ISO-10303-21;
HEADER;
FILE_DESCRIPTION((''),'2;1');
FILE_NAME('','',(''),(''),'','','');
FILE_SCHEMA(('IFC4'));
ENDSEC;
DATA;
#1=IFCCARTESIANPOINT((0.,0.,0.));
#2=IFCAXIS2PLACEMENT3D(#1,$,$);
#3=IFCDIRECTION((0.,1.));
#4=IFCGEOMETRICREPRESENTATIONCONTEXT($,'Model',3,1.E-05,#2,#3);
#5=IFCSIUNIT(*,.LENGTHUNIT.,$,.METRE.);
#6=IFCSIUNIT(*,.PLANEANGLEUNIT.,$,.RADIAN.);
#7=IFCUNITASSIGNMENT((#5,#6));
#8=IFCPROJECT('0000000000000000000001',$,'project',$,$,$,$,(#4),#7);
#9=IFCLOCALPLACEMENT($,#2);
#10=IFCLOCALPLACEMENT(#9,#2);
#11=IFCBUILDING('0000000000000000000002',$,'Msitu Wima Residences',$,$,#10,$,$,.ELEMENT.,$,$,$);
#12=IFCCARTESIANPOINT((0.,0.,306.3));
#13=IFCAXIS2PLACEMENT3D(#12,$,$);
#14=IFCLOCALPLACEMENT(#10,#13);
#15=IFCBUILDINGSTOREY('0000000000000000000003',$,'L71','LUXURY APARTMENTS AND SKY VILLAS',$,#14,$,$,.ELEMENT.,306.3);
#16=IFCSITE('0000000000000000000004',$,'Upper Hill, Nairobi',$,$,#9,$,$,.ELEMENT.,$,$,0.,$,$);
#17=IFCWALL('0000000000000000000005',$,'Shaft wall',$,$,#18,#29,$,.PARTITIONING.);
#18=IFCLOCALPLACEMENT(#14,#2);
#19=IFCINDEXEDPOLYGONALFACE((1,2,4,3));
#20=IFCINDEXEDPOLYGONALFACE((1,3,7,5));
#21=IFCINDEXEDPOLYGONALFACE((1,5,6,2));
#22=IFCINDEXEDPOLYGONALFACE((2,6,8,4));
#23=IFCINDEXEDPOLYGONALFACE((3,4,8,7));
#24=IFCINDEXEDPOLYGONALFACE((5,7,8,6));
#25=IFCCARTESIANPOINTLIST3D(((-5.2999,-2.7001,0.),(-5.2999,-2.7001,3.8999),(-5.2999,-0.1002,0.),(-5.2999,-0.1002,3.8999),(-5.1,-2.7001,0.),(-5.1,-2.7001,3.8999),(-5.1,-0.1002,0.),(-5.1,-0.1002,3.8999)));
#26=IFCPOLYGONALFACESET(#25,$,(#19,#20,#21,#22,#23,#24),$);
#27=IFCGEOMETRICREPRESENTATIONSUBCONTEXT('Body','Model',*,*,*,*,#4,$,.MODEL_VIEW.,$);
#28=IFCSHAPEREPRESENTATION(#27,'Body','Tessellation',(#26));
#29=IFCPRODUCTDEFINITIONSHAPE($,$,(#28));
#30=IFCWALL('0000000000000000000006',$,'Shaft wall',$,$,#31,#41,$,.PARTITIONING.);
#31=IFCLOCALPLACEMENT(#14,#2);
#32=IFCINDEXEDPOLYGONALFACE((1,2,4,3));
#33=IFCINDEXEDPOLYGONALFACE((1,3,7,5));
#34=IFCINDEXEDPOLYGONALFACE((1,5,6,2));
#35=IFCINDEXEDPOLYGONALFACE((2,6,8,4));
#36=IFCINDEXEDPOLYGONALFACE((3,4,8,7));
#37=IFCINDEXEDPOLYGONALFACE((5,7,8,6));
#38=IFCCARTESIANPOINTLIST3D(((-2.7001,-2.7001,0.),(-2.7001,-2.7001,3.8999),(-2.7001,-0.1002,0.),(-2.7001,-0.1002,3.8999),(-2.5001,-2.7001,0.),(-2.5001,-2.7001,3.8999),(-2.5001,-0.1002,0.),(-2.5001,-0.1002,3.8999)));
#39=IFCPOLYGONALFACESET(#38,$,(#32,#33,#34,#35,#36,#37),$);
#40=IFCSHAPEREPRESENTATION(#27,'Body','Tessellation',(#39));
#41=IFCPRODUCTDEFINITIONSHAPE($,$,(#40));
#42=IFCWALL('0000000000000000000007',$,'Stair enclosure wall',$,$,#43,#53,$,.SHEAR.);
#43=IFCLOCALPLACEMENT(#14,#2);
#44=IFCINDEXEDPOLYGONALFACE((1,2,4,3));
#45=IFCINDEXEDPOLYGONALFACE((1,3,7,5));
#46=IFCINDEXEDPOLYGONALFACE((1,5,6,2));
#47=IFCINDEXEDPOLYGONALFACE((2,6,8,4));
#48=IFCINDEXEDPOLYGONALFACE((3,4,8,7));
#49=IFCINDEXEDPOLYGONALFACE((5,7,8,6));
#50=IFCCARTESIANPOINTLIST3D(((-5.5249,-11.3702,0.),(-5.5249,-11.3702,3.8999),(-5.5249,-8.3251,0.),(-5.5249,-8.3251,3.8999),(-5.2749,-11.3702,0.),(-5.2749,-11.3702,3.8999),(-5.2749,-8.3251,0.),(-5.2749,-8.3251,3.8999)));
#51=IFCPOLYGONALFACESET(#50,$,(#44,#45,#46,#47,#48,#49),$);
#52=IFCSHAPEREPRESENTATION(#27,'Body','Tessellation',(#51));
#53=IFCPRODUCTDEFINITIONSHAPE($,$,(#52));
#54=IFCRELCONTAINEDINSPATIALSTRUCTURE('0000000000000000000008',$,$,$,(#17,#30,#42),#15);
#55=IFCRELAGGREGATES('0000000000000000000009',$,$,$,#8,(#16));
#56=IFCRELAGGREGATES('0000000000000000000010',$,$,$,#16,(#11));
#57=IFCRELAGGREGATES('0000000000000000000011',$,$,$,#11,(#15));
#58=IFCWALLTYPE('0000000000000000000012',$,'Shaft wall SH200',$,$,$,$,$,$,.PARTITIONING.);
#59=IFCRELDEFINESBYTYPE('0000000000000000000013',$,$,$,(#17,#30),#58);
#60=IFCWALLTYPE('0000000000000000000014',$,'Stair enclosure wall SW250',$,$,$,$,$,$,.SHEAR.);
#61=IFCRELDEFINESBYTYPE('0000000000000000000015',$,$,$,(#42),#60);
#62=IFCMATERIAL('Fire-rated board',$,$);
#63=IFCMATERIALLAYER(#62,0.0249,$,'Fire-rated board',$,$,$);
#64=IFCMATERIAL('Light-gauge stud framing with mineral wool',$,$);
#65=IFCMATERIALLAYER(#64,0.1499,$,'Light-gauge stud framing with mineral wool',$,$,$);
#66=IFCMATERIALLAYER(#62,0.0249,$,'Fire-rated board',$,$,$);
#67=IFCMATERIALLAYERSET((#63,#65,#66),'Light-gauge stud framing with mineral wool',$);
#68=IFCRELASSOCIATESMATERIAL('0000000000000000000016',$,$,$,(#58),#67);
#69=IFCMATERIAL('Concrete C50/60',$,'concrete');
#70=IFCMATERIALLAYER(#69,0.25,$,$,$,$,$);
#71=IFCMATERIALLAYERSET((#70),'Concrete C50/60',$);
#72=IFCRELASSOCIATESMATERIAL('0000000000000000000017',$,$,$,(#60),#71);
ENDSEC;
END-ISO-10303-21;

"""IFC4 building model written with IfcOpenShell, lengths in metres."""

from ifc_helpers import new_model, si_unit, direction, frame, frame_2d, origin, place, context, subcontext, project, spatial, rectangle, extrude, material, layer, layer_set, type_object, element, save


model = new_model("IFC4")

# Units and contexts
model_context = context("Model", 3, precision=1e-05, world=origin(), true_north=direction((0.0, 1.0)))
body_context = subcontext(model_context, "Body", "Model", "MODEL_VIEW")
ifc_project = project(units=[si_unit("LENGTHUNIT", "METRE"), si_unit("PLANEANGLEUNIT", "RADIAN")], contexts=[model_context])

# Site, building, storey
site_placement = place(None, origin())
site = spatial("IfcSite", under=ifc_project, at=site_placement, Name="Upper Hill, Nairobi", CompositionType="ELEMENT", RefElevation=0.0)
building_placement = place(site_placement, origin())
building = spatial("IfcBuilding", under=site, at=building_placement, Name="Msitu Wima Residences", CompositionType="ELEMENT")
storey_placement = place(building_placement, frame((0.0, 0.0, 306.3)))
storey = spatial("IfcBuildingStorey", under=building, at=storey_placement, Name="L71", Description="LUXURY APARTMENTS AND SKY VILLAS", CompositionType="ELEMENT", Elevation=306.3)

# Walls
ifc_material_1 = material(Name="Fire-rated board")
ifc_layer_1 = layer(ifc_material_1, 0.0249, Name="Fire-rated board")
ifc_material_2 = material(Name="Light-gauge stud framing with mineral wool")
ifc_layer_2 = layer(ifc_material_2, 0.1499, Name="Light-gauge stud framing with mineral wool")
ifc_layer_3 = layer(ifc_material_1, 0.0249, Name="Fire-rated board")
ifc_layer_set_1 = layer_set([ifc_layer_1, ifc_layer_2, ifc_layer_3], Name="Light-gauge stud framing with mineral wool")
wall_type_1 = type_object("IfcWallType", Name="Shaft wall SH200", PredefinedType="PARTITIONING", material=ifc_layer_set_1)
for number, where, z_axis, x_axis, name in (
    (1, (-5.2, -2.7, 0.0), (0.0, 0.0, 1.0), (0.0, 1.0, 0.0), "Shaft wall"),
    (2, (-2.6001, -2.7, 0.0), (0.0, 0.0, 1.0), (0.0, 1.0, 0.0), "Shaft wall"),
):
    element("IfcWall", number, at=place(storey_placement, frame(where, z_axis=z_axis, x_axis=x_axis)), inside=storey, type_object=wall_type_1, Name=name, PredefinedType="PARTITIONING", context=body_context, shape_type="SweptSolid", body=[
        extrude(rectangle(XDim=2.5999, YDim=0.2, at=frame_2d((1.2998, 0.0))), origin(), (0.0, 0.0, 1.0), 3.8999),
    ])
ifc_material_3 = material(Name="Concrete C50/60", Category="concrete")
ifc_layer_4 = layer(ifc_material_3, 0.25)
ifc_layer_set_2 = layer_set([ifc_layer_4], Name="Concrete C50/60")
wall_type_2 = type_object("IfcWallType", Name="Stair enclosure wall SW250", PredefinedType="SHEAR", material=ifc_layer_set_2)
wall_1_placement = place(storey_placement, frame((-5.3999, -11.3701, 0.0), z_axis=(0.0, 0.0, 1.0), x_axis=(0.0, 1.0, 0.0)))
element("IfcWall", 3, at=wall_1_placement, inside=storey, type_object=wall_type_2, Name="Stair enclosure wall", PredefinedType="SHEAR", context=body_context, shape_type="SweptSolid", body=[
    extrude(rectangle(XDim=3.0452, YDim=0.25, at=frame_2d((1.5225, 0.0))), origin(), (0.0, 0.0, 1.0), 3.8999),
])

save(model, "model.ifc")
